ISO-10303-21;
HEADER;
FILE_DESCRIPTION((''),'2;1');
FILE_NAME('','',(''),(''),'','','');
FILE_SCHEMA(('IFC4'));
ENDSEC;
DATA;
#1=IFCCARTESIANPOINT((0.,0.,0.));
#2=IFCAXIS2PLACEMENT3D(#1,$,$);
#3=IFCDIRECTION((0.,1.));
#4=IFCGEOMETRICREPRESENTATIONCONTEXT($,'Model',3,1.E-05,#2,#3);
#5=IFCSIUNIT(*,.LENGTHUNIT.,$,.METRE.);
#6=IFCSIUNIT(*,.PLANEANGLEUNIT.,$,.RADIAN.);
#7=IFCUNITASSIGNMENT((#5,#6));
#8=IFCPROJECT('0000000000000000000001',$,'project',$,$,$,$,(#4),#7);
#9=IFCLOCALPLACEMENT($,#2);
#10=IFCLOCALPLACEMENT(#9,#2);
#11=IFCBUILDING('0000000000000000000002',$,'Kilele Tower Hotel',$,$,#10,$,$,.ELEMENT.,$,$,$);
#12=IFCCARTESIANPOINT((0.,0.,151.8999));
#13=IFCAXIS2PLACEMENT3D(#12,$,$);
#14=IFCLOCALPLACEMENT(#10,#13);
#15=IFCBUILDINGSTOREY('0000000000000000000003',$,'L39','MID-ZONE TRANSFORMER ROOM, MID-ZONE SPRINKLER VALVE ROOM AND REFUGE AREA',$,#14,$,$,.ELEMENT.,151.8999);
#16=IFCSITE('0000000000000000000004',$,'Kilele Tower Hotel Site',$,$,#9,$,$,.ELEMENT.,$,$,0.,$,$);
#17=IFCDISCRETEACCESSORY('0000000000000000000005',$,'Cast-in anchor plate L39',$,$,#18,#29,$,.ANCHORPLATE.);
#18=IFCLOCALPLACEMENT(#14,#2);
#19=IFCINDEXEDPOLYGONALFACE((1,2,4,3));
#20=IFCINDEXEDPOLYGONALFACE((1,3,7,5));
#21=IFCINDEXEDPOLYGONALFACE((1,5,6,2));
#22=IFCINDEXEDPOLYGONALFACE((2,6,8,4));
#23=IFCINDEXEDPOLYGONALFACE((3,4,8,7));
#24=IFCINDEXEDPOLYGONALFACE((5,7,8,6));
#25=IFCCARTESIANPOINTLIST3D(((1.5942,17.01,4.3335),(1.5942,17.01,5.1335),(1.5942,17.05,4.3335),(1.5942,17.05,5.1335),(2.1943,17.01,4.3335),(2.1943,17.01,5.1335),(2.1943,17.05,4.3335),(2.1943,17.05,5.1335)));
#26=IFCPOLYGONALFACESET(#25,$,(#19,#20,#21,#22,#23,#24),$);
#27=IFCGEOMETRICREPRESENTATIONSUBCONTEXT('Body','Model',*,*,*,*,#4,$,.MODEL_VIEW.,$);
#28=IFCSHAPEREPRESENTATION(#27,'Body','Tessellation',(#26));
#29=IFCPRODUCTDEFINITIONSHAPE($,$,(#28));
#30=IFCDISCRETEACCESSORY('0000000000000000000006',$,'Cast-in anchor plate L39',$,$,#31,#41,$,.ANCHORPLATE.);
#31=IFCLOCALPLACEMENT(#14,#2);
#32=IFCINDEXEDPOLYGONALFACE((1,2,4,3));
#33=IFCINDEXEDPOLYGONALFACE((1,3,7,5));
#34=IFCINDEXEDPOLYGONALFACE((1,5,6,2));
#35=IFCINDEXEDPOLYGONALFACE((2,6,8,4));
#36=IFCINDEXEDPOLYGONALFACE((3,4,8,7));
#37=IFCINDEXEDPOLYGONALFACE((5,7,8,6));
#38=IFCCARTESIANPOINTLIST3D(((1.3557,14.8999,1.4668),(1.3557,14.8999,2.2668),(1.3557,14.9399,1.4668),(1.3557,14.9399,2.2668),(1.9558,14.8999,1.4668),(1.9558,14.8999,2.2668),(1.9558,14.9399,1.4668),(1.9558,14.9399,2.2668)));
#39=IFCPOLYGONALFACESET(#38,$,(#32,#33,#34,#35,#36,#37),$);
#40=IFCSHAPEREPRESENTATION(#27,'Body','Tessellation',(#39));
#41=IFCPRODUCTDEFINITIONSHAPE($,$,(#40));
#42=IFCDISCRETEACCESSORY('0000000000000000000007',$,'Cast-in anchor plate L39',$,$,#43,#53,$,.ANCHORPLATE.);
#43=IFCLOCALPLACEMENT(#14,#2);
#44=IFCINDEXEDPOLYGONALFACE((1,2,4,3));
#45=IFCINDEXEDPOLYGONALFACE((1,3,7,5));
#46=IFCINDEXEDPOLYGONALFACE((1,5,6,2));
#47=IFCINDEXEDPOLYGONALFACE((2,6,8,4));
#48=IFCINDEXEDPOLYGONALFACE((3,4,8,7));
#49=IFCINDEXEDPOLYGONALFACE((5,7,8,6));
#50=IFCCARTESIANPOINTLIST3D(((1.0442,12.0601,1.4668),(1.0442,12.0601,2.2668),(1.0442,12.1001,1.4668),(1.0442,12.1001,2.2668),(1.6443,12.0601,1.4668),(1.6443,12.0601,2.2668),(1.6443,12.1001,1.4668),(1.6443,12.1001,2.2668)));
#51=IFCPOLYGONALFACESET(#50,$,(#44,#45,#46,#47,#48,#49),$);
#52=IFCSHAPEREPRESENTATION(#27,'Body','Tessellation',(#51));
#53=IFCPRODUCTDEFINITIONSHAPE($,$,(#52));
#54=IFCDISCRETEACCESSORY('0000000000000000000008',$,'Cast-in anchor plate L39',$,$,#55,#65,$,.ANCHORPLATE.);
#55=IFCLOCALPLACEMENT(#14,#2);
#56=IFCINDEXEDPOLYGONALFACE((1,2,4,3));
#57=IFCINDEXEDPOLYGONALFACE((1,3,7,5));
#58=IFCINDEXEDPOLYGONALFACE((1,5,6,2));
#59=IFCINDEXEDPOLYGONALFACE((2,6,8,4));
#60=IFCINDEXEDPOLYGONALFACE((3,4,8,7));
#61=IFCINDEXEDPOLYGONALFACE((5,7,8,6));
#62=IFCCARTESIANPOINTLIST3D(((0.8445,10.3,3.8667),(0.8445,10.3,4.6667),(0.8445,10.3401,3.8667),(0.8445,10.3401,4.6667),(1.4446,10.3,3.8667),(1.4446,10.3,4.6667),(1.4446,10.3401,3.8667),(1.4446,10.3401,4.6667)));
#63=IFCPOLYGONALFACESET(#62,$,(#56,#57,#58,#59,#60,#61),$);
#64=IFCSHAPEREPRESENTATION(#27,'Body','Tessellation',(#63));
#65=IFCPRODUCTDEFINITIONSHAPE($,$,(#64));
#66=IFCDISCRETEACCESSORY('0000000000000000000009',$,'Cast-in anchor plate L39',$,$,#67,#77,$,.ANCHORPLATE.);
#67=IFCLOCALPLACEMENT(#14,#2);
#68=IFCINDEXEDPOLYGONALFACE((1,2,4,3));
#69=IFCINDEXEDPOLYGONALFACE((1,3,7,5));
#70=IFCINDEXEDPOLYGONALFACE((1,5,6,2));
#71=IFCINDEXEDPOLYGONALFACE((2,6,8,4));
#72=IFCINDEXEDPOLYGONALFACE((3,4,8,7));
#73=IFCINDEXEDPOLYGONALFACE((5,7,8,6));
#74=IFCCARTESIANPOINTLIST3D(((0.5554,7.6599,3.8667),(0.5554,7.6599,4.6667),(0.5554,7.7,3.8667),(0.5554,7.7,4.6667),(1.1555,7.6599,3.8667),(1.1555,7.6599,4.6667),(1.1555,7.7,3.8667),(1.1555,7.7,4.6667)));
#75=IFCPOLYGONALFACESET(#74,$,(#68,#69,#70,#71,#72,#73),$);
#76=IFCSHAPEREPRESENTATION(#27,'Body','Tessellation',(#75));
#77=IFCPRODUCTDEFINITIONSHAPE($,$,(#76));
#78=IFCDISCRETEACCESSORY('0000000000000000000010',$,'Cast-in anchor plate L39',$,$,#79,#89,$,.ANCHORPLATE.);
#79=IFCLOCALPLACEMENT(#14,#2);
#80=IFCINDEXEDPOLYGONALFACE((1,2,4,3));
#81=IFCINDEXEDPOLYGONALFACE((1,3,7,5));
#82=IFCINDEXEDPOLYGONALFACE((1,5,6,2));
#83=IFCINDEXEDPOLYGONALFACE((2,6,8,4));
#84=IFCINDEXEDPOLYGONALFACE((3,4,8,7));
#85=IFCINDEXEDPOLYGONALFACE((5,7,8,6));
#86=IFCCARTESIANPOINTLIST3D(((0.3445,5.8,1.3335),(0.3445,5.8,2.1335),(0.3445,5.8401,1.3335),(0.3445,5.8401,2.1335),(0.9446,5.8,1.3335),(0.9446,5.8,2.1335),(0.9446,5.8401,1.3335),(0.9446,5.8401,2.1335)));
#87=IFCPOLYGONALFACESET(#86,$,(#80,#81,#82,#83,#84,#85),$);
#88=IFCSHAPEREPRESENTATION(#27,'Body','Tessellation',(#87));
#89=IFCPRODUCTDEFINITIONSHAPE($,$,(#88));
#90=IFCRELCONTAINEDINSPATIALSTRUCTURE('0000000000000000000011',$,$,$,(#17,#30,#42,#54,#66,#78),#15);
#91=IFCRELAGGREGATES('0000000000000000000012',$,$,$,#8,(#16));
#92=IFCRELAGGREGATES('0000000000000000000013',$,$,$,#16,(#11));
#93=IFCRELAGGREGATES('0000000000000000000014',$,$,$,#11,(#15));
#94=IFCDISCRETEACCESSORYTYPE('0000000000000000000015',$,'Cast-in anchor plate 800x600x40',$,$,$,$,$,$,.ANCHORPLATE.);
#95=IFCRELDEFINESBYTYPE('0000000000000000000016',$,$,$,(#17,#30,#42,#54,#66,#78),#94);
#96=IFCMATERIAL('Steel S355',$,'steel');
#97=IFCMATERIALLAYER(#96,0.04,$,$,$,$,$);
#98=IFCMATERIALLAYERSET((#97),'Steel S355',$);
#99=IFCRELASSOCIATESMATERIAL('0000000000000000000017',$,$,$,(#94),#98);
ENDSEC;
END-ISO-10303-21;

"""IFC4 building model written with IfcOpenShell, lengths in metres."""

from ifc_helpers import new_model, si_unit, direction, frame, origin, place, context, subcontext, project, spatial, polyline, outline, extrude, source, transform, mapped, material, layer, layer_set, type_object, element, save


model = new_model("IFC4")

# Units and contexts
model_context = context("Model", 3, precision=1e-05, world=origin(), true_north=direction((0.0, 1.0)))
body_context = subcontext(model_context, "Body", "Model", "MODEL_VIEW")
ifc_project = project(units=[si_unit("LENGTHUNIT", "METRE"), si_unit("PLANEANGLEUNIT", "RADIAN")], contexts=[model_context])

# Site, building, storey
site_placement = place(None, origin())
site = spatial("IfcSite", under=ifc_project, at=site_placement, Name="Kilele Tower Hotel Site", CompositionType="ELEMENT", RefElevation=0.0)
building_placement = place(site_placement, origin())
building = spatial("IfcBuilding", under=site, at=building_placement, Name="Kilele Tower Hotel", CompositionType="ELEMENT")
storey_placement = place(building_placement, frame((0.0, 0.0, 151.8999)))
storey = spatial("IfcBuildingStorey", under=building, at=storey_placement, Name="L39", Description="MID-ZONE TRANSFORMER ROOM, MID-ZONE SPRINKLER VALVE ROOM AND REFUGE AREA", CompositionType="ELEMENT", Elevation=151.8999)

# Discrete accessories
ifc_material_1 = material(Name="Steel S355", Category="steel")
ifc_layer_1 = layer(ifc_material_1, 0.04)
ifc_layer_set_1 = layer_set([ifc_layer_1], Name="Steel S355")
discrete_accessory_type_1 = type_object("IfcDiscreteAccessoryType", Name="Cast-in anchor plate 800x600x40", PredefinedType="ANCHORPLATE", material=ifc_layer_set_1)
shared_shape_1 = source(origin(), body_context, "Body", "SweptSolid", [
    extrude(outline(polyline([(0.0, 0.0), (0.04, 0.0), (0.04, 0.8), (0.0, 0.8), (0.0, 0.0)])), origin(), (0.0, 0.0, 1.0), 0.6001),
])
for number, where, z_axis, x_axis, name in (
    (1, (2.1943, 17.05, 4.3335), (-1.0, 0.0, 0.0), (0.0, -1.0, 0.0), "Cast-in anchor plate L39"),
    (2, (1.3557, 14.8999, 1.4668), (1.0, 0.0, 0.0), (0.0, 1.0, 0.0), "Cast-in anchor plate L39"),
    (3, (1.6443, 12.1001, 1.4668), (-1.0, 0.0, 0.0), (0.0, -1.0, 0.0), "Cast-in anchor plate L39"),
    (4, (0.8445, 10.3, 3.8667), (1.0, 0.0, 0.0), (0.0, 1.0, 0.0), "Cast-in anchor plate L39"),
    (5, (1.1555, 7.7, 3.8667), (-1.0, 0.0, 0.0), (0.0, -1.0, 0.0), "Cast-in anchor plate L39"),
    (6, (0.3445, 5.8, 1.3335), (1.0, 0.0, 0.0), (0.0, 1.0, 0.0), "Cast-in anchor plate L39"),
):
    element("IfcDiscreteAccessory", number, at=place(storey_placement, frame(where, z_axis=z_axis, x_axis=x_axis)), inside=storey, type_object=discrete_accessory_type_1, Name=name, PredefinedType="ANCHORPLATE", context=body_context, shape_type="MappedRepresentation", body=[
        mapped(shared_shape_1, transform((0.0, 0.0, 0.0))),
    ])

save(model, "model.ifc")
